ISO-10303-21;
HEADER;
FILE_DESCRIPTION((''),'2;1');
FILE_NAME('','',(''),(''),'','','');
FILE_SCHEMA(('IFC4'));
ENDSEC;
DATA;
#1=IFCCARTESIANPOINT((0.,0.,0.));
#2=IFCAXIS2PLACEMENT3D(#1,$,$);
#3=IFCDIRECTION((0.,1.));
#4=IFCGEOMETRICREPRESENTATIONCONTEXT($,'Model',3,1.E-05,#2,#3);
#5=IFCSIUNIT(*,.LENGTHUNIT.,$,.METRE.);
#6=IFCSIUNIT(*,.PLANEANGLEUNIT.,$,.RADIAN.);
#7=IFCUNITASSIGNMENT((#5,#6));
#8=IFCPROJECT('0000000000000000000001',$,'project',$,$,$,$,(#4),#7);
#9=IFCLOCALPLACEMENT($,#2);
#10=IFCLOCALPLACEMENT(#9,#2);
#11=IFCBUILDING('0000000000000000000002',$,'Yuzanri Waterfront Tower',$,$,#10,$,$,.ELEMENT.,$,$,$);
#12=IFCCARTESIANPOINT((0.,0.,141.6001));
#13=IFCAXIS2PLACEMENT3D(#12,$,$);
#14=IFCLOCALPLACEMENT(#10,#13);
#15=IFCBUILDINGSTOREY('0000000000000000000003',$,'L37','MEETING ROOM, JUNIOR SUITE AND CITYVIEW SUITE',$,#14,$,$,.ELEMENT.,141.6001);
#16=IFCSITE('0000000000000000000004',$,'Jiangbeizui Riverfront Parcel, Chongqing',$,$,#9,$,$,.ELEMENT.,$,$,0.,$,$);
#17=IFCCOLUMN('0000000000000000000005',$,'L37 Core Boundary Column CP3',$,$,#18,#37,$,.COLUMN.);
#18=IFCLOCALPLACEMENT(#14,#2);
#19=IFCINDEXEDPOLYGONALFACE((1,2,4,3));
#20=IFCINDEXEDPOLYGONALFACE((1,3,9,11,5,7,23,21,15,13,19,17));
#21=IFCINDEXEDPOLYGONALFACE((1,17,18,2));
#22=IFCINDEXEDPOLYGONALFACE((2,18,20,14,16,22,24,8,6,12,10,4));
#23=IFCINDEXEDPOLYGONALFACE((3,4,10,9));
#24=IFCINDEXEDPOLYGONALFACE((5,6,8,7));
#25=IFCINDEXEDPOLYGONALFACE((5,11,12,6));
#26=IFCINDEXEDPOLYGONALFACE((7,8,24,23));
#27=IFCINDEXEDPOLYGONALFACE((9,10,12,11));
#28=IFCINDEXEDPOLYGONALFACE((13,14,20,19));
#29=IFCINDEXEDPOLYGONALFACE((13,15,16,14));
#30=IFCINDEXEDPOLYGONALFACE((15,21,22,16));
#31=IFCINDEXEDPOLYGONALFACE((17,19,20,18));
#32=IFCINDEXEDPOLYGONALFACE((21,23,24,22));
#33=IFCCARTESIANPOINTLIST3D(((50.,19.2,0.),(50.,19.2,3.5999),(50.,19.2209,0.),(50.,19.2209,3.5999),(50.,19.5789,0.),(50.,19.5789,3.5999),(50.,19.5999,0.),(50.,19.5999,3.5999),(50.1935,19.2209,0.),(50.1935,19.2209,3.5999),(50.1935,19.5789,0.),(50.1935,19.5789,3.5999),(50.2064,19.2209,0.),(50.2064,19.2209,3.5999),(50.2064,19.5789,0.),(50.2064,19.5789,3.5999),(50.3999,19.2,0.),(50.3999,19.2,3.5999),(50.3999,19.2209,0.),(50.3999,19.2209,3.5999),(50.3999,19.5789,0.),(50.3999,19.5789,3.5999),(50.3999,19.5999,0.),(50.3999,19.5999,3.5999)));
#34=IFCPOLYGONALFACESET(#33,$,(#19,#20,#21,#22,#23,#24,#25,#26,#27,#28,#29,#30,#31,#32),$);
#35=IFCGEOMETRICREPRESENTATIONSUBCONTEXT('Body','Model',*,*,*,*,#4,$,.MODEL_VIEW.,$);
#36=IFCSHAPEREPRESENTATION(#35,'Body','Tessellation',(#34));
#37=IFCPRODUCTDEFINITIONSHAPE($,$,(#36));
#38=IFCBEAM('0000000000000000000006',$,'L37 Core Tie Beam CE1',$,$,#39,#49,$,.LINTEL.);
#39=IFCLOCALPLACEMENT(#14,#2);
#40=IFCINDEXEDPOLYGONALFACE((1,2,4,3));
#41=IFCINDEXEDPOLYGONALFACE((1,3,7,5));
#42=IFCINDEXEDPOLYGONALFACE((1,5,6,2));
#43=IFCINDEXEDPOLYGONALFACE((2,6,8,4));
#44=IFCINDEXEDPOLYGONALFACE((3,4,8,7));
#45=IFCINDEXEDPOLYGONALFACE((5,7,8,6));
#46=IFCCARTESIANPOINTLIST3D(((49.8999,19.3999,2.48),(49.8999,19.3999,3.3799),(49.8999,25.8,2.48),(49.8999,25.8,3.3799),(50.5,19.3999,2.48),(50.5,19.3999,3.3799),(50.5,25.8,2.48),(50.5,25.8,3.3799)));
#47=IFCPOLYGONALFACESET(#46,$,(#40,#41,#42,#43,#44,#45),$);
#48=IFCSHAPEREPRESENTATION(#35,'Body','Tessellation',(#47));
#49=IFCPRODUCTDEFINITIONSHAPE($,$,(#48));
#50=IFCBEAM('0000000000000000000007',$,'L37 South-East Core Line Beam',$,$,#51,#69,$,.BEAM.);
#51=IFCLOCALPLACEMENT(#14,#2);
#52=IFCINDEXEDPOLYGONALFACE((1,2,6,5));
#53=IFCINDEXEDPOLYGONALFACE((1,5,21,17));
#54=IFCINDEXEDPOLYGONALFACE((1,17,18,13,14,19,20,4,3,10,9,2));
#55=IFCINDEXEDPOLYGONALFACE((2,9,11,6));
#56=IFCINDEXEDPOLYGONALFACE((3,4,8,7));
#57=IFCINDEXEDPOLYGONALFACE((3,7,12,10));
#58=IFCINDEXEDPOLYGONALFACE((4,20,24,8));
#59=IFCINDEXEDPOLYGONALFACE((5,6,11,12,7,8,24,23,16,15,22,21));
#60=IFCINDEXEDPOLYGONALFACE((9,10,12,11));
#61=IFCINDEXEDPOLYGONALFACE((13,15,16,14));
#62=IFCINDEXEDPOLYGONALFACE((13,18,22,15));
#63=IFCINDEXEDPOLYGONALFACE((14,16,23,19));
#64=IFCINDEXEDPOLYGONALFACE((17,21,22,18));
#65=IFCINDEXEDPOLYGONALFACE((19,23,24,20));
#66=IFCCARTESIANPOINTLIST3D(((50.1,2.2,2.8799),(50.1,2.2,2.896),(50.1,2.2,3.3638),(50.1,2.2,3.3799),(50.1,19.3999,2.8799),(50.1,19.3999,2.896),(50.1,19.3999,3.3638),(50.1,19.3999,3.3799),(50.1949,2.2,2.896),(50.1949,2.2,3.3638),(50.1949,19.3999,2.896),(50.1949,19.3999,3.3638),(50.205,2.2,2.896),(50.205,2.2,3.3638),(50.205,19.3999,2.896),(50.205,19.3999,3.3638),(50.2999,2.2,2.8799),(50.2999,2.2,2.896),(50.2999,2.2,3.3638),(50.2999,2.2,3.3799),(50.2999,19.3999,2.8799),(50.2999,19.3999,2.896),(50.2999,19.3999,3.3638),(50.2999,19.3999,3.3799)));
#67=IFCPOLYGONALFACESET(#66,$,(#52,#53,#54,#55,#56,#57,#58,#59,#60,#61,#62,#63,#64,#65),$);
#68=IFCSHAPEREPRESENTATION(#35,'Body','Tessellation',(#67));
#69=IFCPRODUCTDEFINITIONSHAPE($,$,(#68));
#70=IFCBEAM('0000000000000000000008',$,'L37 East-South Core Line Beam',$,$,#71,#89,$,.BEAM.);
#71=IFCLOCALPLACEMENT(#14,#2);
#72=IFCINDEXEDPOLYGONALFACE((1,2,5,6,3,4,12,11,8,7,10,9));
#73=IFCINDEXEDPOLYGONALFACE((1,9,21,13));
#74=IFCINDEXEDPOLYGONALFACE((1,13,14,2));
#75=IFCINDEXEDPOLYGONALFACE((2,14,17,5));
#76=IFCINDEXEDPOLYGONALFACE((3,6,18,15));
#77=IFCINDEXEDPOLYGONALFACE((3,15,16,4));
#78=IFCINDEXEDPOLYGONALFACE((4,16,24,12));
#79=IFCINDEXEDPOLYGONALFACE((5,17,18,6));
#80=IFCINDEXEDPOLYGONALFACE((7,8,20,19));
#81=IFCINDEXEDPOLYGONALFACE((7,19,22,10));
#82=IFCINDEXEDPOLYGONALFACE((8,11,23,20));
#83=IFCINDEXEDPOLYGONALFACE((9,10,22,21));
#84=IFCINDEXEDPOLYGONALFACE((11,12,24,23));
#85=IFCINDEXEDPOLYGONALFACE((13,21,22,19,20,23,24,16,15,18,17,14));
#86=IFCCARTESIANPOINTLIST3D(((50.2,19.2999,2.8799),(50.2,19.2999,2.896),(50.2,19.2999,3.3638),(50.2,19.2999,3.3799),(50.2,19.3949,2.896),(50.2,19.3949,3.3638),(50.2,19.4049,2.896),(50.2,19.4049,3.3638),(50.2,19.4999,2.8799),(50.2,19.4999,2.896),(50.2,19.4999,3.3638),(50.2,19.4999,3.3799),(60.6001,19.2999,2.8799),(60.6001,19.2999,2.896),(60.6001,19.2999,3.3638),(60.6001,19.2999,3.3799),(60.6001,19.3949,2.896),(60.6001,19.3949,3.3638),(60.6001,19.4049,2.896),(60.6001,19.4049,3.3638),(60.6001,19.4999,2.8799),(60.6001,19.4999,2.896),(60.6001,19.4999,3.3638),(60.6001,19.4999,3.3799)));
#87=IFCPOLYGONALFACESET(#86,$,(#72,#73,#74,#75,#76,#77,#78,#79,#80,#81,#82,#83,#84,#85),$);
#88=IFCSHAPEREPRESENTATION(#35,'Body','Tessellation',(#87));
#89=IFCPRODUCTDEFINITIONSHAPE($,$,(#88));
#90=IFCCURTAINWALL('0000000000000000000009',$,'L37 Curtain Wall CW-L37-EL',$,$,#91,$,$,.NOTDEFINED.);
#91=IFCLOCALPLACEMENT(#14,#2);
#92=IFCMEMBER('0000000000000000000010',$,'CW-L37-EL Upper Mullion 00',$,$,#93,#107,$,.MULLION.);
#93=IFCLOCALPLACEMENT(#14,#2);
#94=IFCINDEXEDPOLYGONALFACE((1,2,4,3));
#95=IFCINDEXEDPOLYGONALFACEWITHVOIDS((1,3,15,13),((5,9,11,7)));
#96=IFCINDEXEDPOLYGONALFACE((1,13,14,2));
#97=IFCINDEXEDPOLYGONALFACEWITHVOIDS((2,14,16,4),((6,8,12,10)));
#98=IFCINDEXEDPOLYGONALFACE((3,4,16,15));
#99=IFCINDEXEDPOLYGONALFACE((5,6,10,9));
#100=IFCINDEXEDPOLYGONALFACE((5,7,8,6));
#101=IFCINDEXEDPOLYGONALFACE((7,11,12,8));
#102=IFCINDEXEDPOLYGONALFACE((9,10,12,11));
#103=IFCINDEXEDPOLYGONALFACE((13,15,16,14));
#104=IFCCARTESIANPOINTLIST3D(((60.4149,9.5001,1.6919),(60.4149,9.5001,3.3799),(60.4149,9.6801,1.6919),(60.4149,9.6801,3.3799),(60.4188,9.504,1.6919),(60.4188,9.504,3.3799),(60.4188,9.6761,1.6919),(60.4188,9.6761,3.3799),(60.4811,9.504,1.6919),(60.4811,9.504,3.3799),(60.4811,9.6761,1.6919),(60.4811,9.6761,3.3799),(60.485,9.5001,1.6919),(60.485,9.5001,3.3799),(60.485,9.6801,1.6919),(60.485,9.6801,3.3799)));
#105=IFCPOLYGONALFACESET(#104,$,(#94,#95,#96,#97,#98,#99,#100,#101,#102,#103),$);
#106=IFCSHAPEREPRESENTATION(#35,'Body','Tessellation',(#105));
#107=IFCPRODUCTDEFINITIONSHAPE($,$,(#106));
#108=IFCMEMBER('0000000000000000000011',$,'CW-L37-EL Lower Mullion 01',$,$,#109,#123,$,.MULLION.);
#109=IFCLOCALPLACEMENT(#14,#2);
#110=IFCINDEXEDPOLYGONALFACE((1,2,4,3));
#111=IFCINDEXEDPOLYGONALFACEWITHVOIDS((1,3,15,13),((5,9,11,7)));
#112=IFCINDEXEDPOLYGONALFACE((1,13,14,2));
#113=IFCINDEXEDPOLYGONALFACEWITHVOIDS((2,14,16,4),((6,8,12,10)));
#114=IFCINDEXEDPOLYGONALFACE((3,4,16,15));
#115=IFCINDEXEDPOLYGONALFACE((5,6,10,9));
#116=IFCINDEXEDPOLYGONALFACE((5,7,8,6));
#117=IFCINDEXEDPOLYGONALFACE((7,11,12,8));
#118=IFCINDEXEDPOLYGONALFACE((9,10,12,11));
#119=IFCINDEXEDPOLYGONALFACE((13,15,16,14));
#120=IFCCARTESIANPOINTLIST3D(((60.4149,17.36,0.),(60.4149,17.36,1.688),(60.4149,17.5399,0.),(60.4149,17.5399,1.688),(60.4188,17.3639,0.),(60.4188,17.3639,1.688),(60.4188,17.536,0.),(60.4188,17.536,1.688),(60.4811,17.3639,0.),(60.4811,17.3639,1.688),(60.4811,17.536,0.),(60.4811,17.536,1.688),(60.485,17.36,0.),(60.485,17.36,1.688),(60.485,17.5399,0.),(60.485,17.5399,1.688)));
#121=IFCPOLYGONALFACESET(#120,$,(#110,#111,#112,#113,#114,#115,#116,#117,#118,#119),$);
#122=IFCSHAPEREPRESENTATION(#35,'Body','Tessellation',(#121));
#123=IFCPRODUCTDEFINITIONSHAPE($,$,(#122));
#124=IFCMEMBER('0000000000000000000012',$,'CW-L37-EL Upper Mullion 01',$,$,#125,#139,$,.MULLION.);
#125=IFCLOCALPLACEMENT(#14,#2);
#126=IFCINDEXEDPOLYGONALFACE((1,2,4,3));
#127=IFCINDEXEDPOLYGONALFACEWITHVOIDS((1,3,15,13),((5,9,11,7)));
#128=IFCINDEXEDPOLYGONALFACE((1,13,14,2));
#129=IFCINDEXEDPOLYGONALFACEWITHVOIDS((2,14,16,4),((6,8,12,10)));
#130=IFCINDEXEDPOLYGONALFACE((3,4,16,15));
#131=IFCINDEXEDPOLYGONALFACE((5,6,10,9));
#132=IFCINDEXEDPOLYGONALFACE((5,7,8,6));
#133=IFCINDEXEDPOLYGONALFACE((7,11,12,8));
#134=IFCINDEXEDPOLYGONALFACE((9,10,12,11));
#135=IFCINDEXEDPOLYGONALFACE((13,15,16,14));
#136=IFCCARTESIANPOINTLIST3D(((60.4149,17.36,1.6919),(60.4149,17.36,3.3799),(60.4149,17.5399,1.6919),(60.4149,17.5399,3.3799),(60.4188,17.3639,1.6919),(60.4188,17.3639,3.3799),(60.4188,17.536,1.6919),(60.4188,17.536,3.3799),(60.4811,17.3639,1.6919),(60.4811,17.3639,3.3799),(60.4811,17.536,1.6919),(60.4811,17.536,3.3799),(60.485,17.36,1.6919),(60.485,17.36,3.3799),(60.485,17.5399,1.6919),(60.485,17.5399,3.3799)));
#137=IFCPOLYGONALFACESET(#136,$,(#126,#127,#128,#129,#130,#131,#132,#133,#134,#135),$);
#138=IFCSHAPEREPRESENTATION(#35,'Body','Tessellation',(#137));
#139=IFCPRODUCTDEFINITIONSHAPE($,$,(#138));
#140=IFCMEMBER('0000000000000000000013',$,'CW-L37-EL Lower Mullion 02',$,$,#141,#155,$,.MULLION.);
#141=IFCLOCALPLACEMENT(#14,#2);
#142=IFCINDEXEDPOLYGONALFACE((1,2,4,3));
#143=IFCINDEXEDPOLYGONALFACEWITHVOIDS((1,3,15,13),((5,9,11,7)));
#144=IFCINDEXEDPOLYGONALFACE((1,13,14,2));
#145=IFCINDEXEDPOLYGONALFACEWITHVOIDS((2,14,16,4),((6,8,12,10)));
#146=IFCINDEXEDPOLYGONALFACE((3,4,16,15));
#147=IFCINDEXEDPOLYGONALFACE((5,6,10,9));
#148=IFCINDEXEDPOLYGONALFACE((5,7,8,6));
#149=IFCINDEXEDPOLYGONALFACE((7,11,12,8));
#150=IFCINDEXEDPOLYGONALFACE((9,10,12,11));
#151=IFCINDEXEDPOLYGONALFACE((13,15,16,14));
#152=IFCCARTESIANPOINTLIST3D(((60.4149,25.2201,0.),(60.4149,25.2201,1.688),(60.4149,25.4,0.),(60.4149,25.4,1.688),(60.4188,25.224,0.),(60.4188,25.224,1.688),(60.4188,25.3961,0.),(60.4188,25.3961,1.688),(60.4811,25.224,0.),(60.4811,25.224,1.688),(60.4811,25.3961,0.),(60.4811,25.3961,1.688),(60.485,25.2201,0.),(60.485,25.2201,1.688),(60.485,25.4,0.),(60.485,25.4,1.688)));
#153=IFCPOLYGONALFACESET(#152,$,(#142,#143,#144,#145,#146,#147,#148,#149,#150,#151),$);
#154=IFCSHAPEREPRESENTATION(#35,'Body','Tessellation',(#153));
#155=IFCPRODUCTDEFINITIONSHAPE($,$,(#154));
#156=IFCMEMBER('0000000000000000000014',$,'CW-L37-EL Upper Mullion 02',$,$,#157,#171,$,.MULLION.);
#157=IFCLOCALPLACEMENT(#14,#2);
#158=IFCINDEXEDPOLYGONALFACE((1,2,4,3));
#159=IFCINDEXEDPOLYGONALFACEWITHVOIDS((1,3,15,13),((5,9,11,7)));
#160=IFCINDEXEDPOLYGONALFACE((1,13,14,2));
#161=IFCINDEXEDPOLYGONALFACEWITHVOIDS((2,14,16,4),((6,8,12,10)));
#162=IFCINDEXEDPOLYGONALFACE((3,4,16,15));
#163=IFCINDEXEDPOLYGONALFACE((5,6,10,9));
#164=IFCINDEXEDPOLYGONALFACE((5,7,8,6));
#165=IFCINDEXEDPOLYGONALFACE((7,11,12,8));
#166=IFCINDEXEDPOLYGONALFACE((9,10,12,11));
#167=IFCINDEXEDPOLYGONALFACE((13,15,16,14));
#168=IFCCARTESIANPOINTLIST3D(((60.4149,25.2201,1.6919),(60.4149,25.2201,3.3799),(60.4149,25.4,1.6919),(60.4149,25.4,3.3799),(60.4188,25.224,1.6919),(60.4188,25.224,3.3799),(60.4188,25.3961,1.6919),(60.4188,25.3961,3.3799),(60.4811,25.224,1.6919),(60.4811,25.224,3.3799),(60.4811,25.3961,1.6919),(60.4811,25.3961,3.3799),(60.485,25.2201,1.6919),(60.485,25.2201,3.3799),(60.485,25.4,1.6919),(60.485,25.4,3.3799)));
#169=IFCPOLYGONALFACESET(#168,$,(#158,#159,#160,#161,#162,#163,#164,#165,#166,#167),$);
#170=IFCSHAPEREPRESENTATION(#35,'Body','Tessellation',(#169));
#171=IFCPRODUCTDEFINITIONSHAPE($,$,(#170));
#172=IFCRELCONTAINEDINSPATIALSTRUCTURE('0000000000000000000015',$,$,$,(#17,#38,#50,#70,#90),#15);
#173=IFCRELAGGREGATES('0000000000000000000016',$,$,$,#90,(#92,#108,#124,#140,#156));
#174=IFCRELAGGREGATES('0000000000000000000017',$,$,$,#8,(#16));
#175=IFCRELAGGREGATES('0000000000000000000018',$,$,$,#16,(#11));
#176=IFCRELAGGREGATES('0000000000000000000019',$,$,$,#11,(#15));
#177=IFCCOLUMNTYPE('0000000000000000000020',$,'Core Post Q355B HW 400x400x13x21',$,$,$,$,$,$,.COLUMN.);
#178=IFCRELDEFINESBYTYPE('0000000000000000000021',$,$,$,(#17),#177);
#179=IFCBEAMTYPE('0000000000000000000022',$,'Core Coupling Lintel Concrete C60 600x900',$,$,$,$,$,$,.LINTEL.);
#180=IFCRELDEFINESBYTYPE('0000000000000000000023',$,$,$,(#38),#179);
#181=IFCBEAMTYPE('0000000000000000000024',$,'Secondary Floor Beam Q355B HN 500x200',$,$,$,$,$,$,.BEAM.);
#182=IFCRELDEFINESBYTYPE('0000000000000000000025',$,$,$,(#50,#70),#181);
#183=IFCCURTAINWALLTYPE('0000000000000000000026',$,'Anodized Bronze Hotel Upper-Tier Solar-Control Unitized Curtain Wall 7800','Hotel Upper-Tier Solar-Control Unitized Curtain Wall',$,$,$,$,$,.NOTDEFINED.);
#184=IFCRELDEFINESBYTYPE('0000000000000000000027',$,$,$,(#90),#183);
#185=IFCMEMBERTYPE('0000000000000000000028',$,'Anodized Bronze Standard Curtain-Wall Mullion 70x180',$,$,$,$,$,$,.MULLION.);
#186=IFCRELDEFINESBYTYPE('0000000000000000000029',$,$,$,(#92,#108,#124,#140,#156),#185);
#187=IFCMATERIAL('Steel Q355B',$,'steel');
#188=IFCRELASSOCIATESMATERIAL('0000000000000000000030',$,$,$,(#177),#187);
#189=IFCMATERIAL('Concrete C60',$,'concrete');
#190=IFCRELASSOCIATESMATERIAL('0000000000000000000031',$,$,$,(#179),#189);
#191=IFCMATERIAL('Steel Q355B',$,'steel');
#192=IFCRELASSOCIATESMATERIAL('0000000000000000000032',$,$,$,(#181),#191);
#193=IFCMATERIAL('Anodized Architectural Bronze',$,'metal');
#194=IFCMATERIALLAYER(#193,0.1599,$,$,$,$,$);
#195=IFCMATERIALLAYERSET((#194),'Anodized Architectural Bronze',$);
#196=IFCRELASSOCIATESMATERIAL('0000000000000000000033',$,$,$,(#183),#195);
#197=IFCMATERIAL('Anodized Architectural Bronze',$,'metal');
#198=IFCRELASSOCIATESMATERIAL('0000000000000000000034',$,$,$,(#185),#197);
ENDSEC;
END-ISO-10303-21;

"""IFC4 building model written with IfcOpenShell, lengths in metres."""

from ifc_helpers import new_model, si_unit, direction, frame, origin, origin_2d, place, context, subcontext, project, spatial, rectangle, hollow_rectangle, i_section, extrude, source, transform, mapped, material, layer, layer_set, material_profile, profile_set, type_object, element, aggregate, save


model = new_model("IFC4")

# Units and contexts
model_context = context("Model", 3, precision=1e-05, world=origin(), true_north=direction((0.0, 1.0)))
body_context = subcontext(model_context, "Body", "Model", "MODEL_VIEW")
ifc_project = project(units=[si_unit("LENGTHUNIT", "METRE"), si_unit("PLANEANGLEUNIT", "RADIAN")], contexts=[model_context])

# Site, building, storey
site_placement = place(None, origin())
site = spatial("IfcSite", under=ifc_project, at=site_placement, Name="Jiangbeizui Riverfront Parcel, Chongqing", CompositionType="ELEMENT", RefElevation=0.0)
building_placement = place(site_placement, origin())
building = spatial("IfcBuilding", under=site, at=building_placement, Name="Yuzanri Waterfront Tower", CompositionType="ELEMENT")
storey_placement = place(building_placement, frame((0.0, 0.0, 141.6001)))
storey = spatial("IfcBuildingStorey", under=building, at=storey_placement, Name="L37", Description="MEETING ROOM, JUNIOR SUITE AND CITYVIEW SUITE", CompositionType="ELEMENT", Elevation=141.6001)

# Column
ifc_material_1 = material(Name="Steel Q355B", Category="steel")
ifc_material_profile_1 = material_profile(ifc_material_1, i_section(OverallWidth=0.3999, OverallDepth=0.3999, WebThickness=0.0129, FlangeThickness=0.021, at=origin_2d()), Name="HW 400x400x13x21")
ifc_profile_set_1 = profile_set([ifc_material_profile_1], Name="Steel Q355B")
column_type = type_object("IfcColumnType", Name="Core Post Q355B HW 400x400x13x21", PredefinedType="COLUMN", material=ifc_profile_set_1)
shared_shape_1 = source(origin(), body_context, "Body", "SweptSolid", [
    extrude(i_section(OverallWidth=0.3999, OverallDepth=0.3999, WebThickness=0.0129, FlangeThickness=0.021, at=origin_2d()), origin(), (0.0, 0.0, 1.0), 3.5999),
])
column_placement = place(storey_placement, frame((50.2, 19.3999, 0.0), z_axis=(0.0, 0.0, 1.0), x_axis=(1.0, 0.0, 0.0)))
element("IfcColumn", 1, at=column_placement, inside=storey, type_object=column_type, Name="L37 Core Boundary Column CP3", PredefinedType="COLUMN", context=body_context, shape_type="MappedRepresentation", body=[
    mapped(shared_shape_1, transform((0.0, 0.0, 0.0), scale=1.0)),
])

# Beams
ifc_material_2 = material(Name="Concrete C60", Category="concrete")
ifc_material_profile_2 = material_profile(ifc_material_2, rectangle(XDim=0.6001, YDim=0.8999, at=origin_2d()), Name="RC 600x900")
ifc_profile_set_2 = profile_set([ifc_material_profile_2], Name="Concrete C60")
beam_type_1 = type_object("IfcBeamType", Name="Core Coupling Lintel Concrete C60 600x900", PredefinedType="LINTEL", material=ifc_profile_set_2)
shared_shape_2 = source(origin(), body_context, "Body", "SweptSolid", [
    extrude(rectangle(XDim=0.6001, YDim=0.8999, at=origin_2d()), origin(), (0.0, 0.0, 1.0), 6.4001),
])
beam_1_placement = place(storey_placement, frame((50.2, 19.3999, 2.9299), z_axis=(0.0, 1.0, 0.0), x_axis=(-1.0, 0.0, 0.0)))
element("IfcBeam", 2, at=beam_1_placement, inside=storey, type_object=beam_type_1, Name="L37 Core Tie Beam CE1", PredefinedType="LINTEL", context=body_context, shape_type="MappedRepresentation", body=[
    mapped(shared_shape_2, transform((0.0, 0.0, 0.0), scale=1.0)),
])
ifc_material_3 = material(Name="Steel Q355B", Category="steel")
ifc_material_profile_3 = material_profile(ifc_material_3, i_section(OverallWidth=0.2, OverallDepth=0.5, WebThickness=0.01, FlangeThickness=0.0161, at=origin_2d()), Name="HN 500x200x10x16")
ifc_profile_set_3 = profile_set([ifc_material_profile_3], Name="Steel Q355B")
beam_type_2 = type_object("IfcBeamType", Name="Secondary Floor Beam Q355B HN 500x200", PredefinedType="BEAM", material=ifc_profile_set_3)
shared_shape_3 = source(origin(), body_context, "Body", "SweptSolid", [
    extrude(i_section(OverallWidth=0.2, OverallDepth=0.5, WebThickness=0.01, FlangeThickness=0.0161, at=origin_2d()), origin(), (0.0, 0.0, 1.0), 17.2),
])
beam_2_placement = place(storey_placement, frame((50.2, 19.3999, 3.1299), z_axis=(0.0, -1.0, 0.0), x_axis=(1.0, 0.0, 0.0)))
element("IfcBeam", 3, at=beam_2_placement, inside=storey, type_object=beam_type_2, Name="L37 South-East Core Line Beam", PredefinedType="BEAM", context=body_context, shape_type="MappedRepresentation", body=[
    mapped(shared_shape_3, transform((0.0, 0.0, 0.0), scale=1.0)),
])
shared_shape_4 = source(origin(), body_context, "Body", "SweptSolid", [
    extrude(i_section(OverallWidth=0.2, OverallDepth=0.5, WebThickness=0.01, FlangeThickness=0.0161, at=origin_2d()), origin(), (0.0, 0.0, 1.0), 10.4001),
])
beam_3_placement = place(storey_placement, frame((50.2, 19.3999, 3.1299), z_axis=(1.0, 0.0, 0.0), x_axis=(0.0, 1.0, 0.0)))
element("IfcBeam", 4, at=beam_3_placement, inside=storey, type_object=beam_type_2, Name="L37 East-South Core Line Beam", PredefinedType="BEAM", context=body_context, shape_type="MappedRepresentation", body=[
    mapped(shared_shape_4, transform((0.0, 0.0, 0.0), scale=1.0)),
])

# Curtain wall, members
ifc_material_4 = material(Name="Anodized Architectural Bronze", Category="metal")
ifc_layer_1 = layer(ifc_material_4, 0.1599)
ifc_layer_set_1 = layer_set([ifc_layer_1], Name="Anodized Architectural Bronze")
curtain_wall_type = type_object("IfcCurtainWallType", Name="Anodized Bronze Hotel Upper-Tier Solar-Control Unitized Curtain Wall 7800", Description="Hotel Upper-Tier Solar-Control Unitized Curtain Wall", PredefinedType="NOTDEFINED", material=ifc_layer_set_1)
curtain_wall_placement = place(storey_placement, origin())
curtain_wall = element("IfcCurtainWall", 5, at=curtain_wall_placement, inside=storey, type_object=curtain_wall_type, Name="L37 Curtain Wall CW-L37-EL", PredefinedType="NOTDEFINED")
ifc_material_5 = material(Name="Anodized Architectural Bronze", Category="metal")
ifc_material_profile_4 = material_profile(ifc_material_5, hollow_rectangle(XDim=0.0701, YDim=0.1799, WallThickness=0.0039, at=origin_2d()), Name="CWM 70x180")
ifc_profile_set_4 = profile_set([ifc_material_profile_4], Name="Anodized Architectural Bronze")
member_type = type_object("IfcMemberType", Name="Anodized Bronze Standard Curtain-Wall Mullion 70x180", PredefinedType="MULLION", material=ifc_profile_set_4)
shared_shape_5 = source(origin(), body_context, "Body", "SweptSolid", [
    extrude(hollow_rectangle(XDim=0.0701, YDim=0.1799, WallThickness=0.0039, at=origin_2d()), origin(), (0.0, 0.0, 1.0), 1.688),
])
member_1_placement = place(storey_placement, frame((60.45, 9.5901, 1.6919), z_axis=(0.0, 0.0, 1.0), x_axis=(1.0, 0.0, 0.0)))
member_1 = element("IfcMember", 6, at=member_1_placement, type_object=member_type, Name="CW-L37-EL Upper Mullion 00", PredefinedType="MULLION", context=body_context, shape_type="MappedRepresentation", body=[
    mapped(shared_shape_5, transform((0.0, 0.0, 0.0), scale=1.0)),
])
member_2_placement = place(storey_placement, frame((60.45, 17.45, 0.0), z_axis=(0.0, 0.0, 1.0), x_axis=(1.0, 0.0, 0.0)))
member_2 = element("IfcMember", 7, at=member_2_placement, type_object=member_type, Name="CW-L37-EL Lower Mullion 01", PredefinedType="MULLION", context=body_context, shape_type="MappedRepresentation", body=[
    mapped(shared_shape_5, transform((0.0, 0.0, 0.0), scale=1.0)),
])
member_3_placement = place(storey_placement, frame((60.45, 17.45, 1.6919), z_axis=(0.0, 0.0, 1.0), x_axis=(1.0, 0.0, 0.0)))
member_3 = element("IfcMember", 8, at=member_3_placement, type_object=member_type, Name="CW-L37-EL Upper Mullion 01", PredefinedType="MULLION", context=body_context, shape_type="MappedRepresentation", body=[
    mapped(shared_shape_5, transform((0.0, 0.0, 0.0), scale=1.0)),
])
member_4_placement = place(storey_placement, frame((60.45, 25.3101, 0.0), z_axis=(0.0, 0.0, 1.0), x_axis=(1.0, 0.0, 0.0)))
member_4 = element("IfcMember", 9, at=member_4_placement, type_object=member_type, Name="CW-L37-EL Lower Mullion 02", PredefinedType="MULLION", context=body_context, shape_type="MappedRepresentation", body=[
    mapped(shared_shape_5, transform((0.0, 0.0, 0.0), scale=1.0)),
])
member_5_placement = place(storey_placement, frame((60.45, 25.3101, 1.6919), z_axis=(0.0, 0.0, 1.0), x_axis=(1.0, 0.0, 0.0)))
member_5 = element("IfcMember", 10, at=member_5_placement, type_object=member_type, Name="CW-L37-EL Upper Mullion 02", PredefinedType="MULLION", context=body_context, shape_type="MappedRepresentation", body=[
    mapped(shared_shape_5, transform((0.0, 0.0, 0.0), scale=1.0)),
])
aggregate(curtain_wall, [member_1, member_2, member_3, member_4, member_5])

save(model, "model.ifc")
